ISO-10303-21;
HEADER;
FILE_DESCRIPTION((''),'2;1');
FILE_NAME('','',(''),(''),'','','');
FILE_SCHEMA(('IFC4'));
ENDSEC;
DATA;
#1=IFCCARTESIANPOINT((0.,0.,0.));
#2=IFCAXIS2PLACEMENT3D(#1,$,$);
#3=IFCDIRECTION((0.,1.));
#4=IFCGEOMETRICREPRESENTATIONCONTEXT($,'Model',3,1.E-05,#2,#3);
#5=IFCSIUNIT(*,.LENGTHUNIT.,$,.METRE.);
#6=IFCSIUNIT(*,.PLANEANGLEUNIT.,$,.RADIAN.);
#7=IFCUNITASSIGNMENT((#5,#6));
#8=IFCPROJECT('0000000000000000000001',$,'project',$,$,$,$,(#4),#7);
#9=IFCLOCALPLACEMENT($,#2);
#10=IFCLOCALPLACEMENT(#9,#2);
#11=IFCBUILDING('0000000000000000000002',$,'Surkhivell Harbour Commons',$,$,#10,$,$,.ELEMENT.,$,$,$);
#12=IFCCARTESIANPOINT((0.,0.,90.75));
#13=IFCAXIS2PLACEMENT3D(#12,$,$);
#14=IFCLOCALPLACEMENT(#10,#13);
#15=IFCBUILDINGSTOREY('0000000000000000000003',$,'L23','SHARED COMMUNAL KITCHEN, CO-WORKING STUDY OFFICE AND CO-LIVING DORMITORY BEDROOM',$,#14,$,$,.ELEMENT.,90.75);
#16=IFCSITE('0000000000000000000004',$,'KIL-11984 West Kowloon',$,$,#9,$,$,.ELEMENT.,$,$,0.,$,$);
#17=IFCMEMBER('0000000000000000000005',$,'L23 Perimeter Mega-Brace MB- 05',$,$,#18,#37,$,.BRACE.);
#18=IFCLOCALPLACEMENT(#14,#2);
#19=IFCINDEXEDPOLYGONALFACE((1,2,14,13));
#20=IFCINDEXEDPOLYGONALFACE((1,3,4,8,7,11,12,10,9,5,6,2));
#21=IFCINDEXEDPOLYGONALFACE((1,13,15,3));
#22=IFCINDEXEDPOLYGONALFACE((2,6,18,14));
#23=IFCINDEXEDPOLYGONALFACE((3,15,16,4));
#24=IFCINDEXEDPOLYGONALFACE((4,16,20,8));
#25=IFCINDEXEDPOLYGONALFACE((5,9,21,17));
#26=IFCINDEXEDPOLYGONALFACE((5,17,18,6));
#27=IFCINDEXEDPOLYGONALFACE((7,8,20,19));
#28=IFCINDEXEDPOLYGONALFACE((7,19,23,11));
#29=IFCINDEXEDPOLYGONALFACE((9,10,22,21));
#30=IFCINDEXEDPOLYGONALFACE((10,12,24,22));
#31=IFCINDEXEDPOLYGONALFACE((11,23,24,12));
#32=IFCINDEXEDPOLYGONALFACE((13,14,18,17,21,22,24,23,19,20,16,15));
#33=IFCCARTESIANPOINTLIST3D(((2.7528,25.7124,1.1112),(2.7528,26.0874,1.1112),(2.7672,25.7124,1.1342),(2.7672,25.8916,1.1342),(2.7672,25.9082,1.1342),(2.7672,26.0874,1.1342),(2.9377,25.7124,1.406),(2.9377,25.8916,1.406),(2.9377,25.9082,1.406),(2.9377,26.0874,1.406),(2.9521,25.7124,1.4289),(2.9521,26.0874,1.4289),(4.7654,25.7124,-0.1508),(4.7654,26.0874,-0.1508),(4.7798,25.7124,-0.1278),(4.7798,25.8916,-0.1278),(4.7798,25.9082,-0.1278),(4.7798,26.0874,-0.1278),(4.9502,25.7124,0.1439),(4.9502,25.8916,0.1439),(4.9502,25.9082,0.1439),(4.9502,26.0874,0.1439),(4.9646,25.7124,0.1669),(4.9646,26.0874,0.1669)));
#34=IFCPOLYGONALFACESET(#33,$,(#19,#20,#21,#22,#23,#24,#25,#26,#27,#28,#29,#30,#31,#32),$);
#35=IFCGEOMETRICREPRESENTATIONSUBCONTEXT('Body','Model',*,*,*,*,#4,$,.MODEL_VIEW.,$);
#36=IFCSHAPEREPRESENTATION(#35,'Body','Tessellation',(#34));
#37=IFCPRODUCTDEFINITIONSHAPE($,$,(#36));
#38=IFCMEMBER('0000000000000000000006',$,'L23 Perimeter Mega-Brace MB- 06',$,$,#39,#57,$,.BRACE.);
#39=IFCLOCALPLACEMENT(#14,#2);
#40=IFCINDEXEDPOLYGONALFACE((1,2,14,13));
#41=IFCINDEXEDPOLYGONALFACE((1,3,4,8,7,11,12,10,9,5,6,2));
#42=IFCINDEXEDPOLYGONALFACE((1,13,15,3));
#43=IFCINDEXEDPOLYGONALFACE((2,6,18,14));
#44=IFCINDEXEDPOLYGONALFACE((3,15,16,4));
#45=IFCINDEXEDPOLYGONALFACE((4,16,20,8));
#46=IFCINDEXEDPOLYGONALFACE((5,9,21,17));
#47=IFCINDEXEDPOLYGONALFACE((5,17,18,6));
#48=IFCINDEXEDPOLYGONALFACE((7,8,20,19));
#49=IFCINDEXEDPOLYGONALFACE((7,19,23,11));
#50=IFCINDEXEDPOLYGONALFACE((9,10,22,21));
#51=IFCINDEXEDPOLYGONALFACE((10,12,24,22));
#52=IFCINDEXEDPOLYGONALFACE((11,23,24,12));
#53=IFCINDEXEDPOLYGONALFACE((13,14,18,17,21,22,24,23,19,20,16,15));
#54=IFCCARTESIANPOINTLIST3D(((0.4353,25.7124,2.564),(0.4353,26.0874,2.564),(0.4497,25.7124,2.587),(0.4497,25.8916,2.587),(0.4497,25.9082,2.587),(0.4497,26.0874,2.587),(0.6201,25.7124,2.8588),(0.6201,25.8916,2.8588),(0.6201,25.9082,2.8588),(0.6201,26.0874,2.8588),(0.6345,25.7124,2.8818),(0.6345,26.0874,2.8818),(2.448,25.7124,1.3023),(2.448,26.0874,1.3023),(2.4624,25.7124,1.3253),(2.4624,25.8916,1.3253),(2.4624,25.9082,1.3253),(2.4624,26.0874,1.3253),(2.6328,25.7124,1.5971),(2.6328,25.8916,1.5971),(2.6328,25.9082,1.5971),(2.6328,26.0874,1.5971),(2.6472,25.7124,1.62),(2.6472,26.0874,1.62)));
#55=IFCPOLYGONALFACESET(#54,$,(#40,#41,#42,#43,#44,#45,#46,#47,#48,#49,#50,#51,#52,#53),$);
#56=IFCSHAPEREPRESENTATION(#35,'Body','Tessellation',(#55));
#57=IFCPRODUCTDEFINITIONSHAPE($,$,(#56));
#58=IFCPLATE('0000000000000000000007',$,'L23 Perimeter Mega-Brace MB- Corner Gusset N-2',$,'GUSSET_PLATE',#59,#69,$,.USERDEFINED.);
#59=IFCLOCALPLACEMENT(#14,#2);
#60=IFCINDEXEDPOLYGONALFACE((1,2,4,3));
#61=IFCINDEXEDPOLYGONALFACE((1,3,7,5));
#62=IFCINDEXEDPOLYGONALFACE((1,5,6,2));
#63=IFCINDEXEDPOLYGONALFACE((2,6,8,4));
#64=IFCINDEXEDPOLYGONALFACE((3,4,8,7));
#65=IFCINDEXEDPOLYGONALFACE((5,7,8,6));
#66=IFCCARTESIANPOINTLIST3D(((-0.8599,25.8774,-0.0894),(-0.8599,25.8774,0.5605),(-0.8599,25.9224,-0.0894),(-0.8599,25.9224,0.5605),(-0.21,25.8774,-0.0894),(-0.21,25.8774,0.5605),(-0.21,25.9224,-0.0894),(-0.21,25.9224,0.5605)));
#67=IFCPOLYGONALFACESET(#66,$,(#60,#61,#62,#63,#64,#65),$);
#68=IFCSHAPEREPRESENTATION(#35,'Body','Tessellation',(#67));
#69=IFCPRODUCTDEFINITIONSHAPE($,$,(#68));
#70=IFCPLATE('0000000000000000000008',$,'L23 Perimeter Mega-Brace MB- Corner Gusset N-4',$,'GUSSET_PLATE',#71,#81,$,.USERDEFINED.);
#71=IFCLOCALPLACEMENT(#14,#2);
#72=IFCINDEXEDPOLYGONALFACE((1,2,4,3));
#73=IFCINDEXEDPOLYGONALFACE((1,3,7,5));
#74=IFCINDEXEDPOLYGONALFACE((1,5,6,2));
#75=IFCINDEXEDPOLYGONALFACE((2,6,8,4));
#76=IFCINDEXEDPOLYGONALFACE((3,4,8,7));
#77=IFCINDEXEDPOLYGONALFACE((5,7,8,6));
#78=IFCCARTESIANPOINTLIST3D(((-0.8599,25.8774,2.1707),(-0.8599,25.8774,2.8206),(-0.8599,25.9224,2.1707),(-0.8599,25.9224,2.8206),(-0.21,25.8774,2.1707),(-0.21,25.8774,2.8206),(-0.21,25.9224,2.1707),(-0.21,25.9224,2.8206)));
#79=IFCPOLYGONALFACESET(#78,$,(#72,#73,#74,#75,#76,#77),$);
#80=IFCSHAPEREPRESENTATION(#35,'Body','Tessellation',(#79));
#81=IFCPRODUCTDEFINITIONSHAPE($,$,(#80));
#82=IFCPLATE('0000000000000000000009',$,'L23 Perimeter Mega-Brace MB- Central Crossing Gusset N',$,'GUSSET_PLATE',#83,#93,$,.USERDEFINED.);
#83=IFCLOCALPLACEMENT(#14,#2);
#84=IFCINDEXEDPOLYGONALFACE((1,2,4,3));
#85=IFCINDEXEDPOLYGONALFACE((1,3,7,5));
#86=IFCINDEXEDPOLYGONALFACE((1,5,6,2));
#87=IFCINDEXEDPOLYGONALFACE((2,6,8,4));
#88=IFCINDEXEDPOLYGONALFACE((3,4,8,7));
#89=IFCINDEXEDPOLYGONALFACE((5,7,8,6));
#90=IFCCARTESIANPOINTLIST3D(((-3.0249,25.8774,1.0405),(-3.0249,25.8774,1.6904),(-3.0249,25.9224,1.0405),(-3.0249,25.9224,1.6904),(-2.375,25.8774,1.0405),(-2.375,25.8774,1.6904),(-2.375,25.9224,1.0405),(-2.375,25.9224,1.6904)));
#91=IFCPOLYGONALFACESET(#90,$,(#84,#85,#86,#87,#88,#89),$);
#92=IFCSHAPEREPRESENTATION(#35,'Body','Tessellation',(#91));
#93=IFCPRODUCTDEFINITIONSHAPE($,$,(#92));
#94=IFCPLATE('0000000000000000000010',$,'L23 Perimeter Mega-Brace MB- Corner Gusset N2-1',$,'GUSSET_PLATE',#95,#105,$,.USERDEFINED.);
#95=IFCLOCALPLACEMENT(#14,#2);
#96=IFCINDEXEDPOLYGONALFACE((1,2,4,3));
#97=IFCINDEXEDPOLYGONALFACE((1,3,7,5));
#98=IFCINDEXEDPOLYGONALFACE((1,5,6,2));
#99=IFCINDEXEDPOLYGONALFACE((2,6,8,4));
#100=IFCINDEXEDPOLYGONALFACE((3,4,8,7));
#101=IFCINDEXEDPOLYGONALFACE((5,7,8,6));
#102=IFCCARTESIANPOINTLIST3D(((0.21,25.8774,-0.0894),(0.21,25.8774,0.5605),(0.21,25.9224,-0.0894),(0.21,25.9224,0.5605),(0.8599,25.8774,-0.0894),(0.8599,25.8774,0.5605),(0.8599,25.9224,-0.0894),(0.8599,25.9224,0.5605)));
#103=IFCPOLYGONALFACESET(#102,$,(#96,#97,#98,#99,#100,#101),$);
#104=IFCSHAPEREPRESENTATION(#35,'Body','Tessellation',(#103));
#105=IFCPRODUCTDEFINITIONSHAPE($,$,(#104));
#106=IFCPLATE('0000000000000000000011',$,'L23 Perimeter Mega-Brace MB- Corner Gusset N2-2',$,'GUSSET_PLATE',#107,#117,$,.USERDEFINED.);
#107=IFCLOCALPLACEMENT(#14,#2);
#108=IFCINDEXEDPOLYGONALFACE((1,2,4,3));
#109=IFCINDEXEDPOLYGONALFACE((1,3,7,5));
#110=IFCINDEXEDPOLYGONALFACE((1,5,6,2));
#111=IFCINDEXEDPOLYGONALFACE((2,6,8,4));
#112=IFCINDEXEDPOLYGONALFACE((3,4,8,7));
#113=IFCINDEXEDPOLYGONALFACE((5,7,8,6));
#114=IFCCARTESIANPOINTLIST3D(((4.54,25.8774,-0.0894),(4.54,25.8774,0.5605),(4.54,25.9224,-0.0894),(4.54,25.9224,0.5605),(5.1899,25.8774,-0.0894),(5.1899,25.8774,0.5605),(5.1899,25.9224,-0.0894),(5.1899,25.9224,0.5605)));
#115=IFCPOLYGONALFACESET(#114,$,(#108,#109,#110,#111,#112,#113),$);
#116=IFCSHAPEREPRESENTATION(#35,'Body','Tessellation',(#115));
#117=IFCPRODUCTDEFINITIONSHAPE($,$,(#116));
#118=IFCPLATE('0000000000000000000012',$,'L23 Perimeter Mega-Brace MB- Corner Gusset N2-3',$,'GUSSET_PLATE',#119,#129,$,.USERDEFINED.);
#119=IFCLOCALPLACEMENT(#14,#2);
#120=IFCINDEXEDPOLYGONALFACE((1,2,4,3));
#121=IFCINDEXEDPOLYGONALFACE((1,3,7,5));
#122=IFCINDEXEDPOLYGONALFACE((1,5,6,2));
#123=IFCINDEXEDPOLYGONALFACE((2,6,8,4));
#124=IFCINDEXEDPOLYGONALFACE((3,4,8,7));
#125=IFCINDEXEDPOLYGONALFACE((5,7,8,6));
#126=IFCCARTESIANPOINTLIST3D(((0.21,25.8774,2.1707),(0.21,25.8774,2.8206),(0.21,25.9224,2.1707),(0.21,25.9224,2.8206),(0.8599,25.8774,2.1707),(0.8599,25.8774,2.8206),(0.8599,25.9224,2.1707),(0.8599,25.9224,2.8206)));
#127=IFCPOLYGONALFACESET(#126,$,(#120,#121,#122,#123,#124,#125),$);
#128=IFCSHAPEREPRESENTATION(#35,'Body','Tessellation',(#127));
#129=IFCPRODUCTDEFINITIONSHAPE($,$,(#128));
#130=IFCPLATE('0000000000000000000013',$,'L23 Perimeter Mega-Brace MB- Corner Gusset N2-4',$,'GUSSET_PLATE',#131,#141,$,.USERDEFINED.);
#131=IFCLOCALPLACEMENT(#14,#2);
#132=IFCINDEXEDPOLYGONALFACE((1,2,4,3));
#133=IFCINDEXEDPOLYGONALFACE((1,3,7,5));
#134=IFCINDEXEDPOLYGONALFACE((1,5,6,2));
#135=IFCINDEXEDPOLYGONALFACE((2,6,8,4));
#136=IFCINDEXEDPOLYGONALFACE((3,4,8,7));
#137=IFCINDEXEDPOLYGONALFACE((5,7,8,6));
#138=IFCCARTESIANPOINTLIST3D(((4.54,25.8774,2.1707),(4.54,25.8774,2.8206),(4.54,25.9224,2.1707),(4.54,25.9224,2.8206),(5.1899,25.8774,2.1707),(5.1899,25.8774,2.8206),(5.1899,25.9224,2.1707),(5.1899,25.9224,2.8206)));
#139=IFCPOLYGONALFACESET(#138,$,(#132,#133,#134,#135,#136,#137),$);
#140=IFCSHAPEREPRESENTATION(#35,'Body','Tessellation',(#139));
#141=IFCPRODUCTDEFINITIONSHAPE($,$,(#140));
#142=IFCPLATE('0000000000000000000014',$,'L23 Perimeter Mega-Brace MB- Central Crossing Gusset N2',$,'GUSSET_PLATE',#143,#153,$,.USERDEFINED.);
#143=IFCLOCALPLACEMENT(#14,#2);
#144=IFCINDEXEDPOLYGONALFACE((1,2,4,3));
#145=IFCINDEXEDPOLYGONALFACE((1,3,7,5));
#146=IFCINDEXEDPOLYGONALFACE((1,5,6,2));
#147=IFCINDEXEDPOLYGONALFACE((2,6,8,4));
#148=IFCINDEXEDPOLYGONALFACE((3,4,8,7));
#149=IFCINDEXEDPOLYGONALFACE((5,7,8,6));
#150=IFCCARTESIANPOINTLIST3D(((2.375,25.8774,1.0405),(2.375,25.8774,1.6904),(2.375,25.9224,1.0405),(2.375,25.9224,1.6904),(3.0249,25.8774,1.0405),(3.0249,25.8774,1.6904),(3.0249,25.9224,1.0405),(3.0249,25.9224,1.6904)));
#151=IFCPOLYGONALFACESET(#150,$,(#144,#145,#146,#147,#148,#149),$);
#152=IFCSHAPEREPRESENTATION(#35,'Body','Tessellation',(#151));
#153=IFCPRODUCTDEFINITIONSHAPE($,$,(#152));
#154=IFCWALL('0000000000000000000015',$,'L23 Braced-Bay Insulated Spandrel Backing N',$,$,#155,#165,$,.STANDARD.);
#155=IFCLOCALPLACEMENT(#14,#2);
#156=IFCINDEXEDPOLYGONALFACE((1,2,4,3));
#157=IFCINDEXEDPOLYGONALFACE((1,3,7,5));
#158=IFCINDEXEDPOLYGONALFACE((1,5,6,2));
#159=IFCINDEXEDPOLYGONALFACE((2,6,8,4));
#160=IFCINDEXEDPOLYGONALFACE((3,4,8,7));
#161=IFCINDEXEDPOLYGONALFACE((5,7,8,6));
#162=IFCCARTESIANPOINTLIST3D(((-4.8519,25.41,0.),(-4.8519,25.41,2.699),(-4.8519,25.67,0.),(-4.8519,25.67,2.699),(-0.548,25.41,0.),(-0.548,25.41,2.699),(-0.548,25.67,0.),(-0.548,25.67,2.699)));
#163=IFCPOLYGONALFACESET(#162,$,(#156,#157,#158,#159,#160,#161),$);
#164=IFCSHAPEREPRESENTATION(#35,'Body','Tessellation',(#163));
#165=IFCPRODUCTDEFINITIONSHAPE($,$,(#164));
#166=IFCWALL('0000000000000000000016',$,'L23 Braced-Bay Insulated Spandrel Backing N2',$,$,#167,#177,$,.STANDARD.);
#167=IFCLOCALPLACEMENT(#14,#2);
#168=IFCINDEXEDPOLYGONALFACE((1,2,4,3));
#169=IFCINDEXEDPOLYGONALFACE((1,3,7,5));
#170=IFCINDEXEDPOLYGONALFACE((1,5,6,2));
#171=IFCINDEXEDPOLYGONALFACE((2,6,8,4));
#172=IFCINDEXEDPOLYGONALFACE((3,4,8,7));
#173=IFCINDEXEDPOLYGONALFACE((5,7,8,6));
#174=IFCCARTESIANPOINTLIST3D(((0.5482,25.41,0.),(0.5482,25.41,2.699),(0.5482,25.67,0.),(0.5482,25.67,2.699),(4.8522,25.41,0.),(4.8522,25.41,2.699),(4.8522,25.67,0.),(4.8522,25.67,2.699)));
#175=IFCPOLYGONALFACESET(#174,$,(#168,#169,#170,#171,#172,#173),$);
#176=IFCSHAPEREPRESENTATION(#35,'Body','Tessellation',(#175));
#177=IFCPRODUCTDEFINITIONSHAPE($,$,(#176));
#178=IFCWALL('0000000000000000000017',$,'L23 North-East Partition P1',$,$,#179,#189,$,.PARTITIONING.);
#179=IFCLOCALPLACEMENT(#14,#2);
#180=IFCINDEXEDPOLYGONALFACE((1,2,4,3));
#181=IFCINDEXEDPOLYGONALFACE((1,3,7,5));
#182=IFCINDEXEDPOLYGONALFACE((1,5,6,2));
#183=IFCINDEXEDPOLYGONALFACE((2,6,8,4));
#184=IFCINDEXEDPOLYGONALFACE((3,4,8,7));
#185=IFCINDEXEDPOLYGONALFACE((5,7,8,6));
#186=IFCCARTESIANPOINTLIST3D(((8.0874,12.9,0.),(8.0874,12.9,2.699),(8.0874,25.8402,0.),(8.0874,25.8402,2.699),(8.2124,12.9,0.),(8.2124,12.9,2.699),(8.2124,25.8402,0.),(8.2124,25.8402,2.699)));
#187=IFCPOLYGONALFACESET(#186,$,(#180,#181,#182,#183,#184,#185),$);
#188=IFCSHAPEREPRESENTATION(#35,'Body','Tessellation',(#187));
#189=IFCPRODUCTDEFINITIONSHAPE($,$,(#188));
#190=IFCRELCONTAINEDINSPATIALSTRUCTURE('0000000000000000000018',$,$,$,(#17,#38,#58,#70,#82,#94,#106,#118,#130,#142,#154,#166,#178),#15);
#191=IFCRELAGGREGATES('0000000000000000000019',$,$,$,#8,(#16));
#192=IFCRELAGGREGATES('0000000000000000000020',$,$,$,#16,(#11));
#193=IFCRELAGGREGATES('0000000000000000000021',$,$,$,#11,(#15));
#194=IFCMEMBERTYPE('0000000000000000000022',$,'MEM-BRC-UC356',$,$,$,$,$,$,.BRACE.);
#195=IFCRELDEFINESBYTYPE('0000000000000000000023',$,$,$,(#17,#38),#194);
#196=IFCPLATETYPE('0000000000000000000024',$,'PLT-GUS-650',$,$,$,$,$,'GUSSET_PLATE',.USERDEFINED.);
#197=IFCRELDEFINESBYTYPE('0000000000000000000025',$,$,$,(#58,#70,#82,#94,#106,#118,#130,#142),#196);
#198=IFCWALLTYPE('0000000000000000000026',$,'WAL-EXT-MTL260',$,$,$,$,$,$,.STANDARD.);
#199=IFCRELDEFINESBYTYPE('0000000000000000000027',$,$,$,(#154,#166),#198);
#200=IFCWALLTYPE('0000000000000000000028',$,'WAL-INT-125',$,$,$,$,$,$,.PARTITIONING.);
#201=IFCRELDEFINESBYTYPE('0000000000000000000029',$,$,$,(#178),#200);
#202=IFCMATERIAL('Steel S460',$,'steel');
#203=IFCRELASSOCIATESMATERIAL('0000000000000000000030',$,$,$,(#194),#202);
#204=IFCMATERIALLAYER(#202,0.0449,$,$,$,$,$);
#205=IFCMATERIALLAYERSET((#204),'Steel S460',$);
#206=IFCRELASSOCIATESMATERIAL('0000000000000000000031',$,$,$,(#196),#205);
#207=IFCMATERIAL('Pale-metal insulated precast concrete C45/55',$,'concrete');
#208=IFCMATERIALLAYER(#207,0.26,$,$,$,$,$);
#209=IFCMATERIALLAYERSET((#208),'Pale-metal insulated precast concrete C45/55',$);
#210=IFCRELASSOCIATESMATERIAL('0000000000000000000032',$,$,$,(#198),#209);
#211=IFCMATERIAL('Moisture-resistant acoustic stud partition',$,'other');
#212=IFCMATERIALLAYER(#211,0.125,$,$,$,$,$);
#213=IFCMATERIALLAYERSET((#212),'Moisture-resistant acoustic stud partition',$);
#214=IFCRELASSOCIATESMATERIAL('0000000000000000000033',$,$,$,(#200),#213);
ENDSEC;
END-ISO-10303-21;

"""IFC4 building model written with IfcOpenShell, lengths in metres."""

from ifc_helpers import new_model, si_unit, direction, frame, frame_2d, origin, origin_2d, place, context, subcontext, project, spatial, rectangle, i_section, extrude, material, layer, layer_set, material_profile, profile_set, type_object, element, save


model = new_model("IFC4")

# Units and contexts
model_context = context("Model", 3, precision=1e-05, world=origin(), true_north=direction((0.0, 1.0)))
body_context = subcontext(model_context, "Body", "Model", "MODEL_VIEW")
ifc_project = project(units=[si_unit("LENGTHUNIT", "METRE"), si_unit("PLANEANGLEUNIT", "RADIAN")], contexts=[model_context])

# Site, building, storey
site_placement = place(None, origin())
site = spatial("IfcSite", under=ifc_project, at=site_placement, Name="KIL-11984 West Kowloon", CompositionType="ELEMENT", RefElevation=0.0)
building_placement = place(site_placement, origin())
building = spatial("IfcBuilding", under=site, at=building_placement, Name="Surkhivell Harbour Commons", CompositionType="ELEMENT")
storey_placement = place(building_placement, frame((0.0, 0.0, 90.75)))
storey = spatial("IfcBuildingStorey", under=building, at=storey_placement, Name="L23", Description="SHARED COMMUNAL KITCHEN, CO-WORKING STUDY OFFICE AND CO-LIVING DORMITORY BEDROOM", CompositionType="ELEMENT", Elevation=90.75)

# Shared definitions
ifc_material_1 = material(Name="Steel S460", Category="steel")

# Members
ifc_material_profile_1 = material_profile(ifc_material_1, i_section(OverallWidth=0.375, OverallDepth=0.375, WebThickness=0.0166, FlangeThickness=0.0271, at=origin_2d()), Name="UC356x368x202")
ifc_profile_set_1 = profile_set([ifc_material_profile_1], Name="Steel S460")
member_type_1 = type_object("IfcMemberType", Name="MEM-BRC-UC356", PredefinedType="BRACE", material=ifc_profile_set_1)
for number, where, z_axis, x_axis, name in (
    (1, (4.865, 25.8999, 0.0081), (-0.847206, 0.0, 0.531264), (0.0, -1.0, 0.0), "L23 Perimeter Mega-Brace MB- 05"),
    (2, (2.5476, 25.8999, 1.4612), (-0.847282, 0.0, 0.531144), (0.0, -1.0, 0.0), "L23 Perimeter Mega-Brace MB- 06"),
):
    element("IfcMember", number, at=place(storey_placement, frame(where, z_axis=z_axis, x_axis=x_axis)), inside=storey, type_object=member_type_1, Name=name, PredefinedType="BRACE", context=body_context, shape_type="SweptSolid", body=[
        extrude(i_section(OverallWidth=0.375, OverallDepth=0.375, WebThickness=0.0166, FlangeThickness=0.0271, at=origin_2d()), origin(), (0.0, 0.0, 1.0), 2.3755),
    ])

# Plates
ifc_layer_1 = layer(ifc_material_1, 0.0449)
ifc_layer_set_1 = layer_set([ifc_layer_1], Name="Steel S460")
plate_type = type_object("IfcPlateType", Name="PLT-GUS-650", ElementType="GUSSET_PLATE", PredefinedType="USERDEFINED", material=ifc_layer_set_1)
for number, where, z_axis, x_axis, name in (
    (3, (-0.5349, 25.8999, -0.0894), (0.0, 0.0, 1.0), (1.0, 0.0, 0.0), "L23 Perimeter Mega-Brace MB- Corner Gusset N-2"),
    (4, (-0.5349, 25.8999, 2.1707), (0.0, 0.0, 1.0), (1.0, 0.0, 0.0), "L23 Perimeter Mega-Brace MB- Corner Gusset N-4"),
    (5, (-2.7, 25.8999, 1.0405), (0.0, 0.0, 1.0), (1.0, 0.0, 0.0), "L23 Perimeter Mega-Brace MB- Central Crossing Gusset N"),
    (6, (0.5349, 25.8999, -0.0894), (0.0, 0.0, 1.0), (1.0, 0.0, 0.0), "L23 Perimeter Mega-Brace MB- Corner Gusset N2-1"),
    (7, (4.865, 25.8999, -0.0894), (0.0, 0.0, 1.0), (1.0, 0.0, 0.0), "L23 Perimeter Mega-Brace MB- Corner Gusset N2-2"),
    (8, (0.5349, 25.8999, 2.1707), (0.0, 0.0, 1.0), (1.0, 0.0, 0.0), "L23 Perimeter Mega-Brace MB- Corner Gusset N2-3"),
    (9, (4.865, 25.8999, 2.1707), (0.0, 0.0, 1.0), (1.0, 0.0, 0.0), "L23 Perimeter Mega-Brace MB- Corner Gusset N2-4"),
    (10, (2.7, 25.8999, 1.0405), (0.0, 0.0, 1.0), (1.0, 0.0, 0.0), "L23 Perimeter Mega-Brace MB- Central Crossing Gusset N2"),
):
    element("IfcPlate", number, at=place(storey_placement, frame(where, z_axis=z_axis, x_axis=x_axis)), inside=storey, type_object=plate_type, Name=name, ObjectType="GUSSET_PLATE", PredefinedType="USERDEFINED", context=body_context, shape_type="SweptSolid", body=[
        extrude(rectangle(XDim=0.6499, YDim=0.0449, at=origin_2d()), origin(), (0.0, 0.0, 1.0), 0.6499),
    ])

# Walls
ifc_material_2 = material(Name="Pale-metal insulated precast concrete C45/55", Category="concrete")
ifc_layer_2 = layer(ifc_material_2, 0.26)
ifc_layer_set_2 = layer_set([ifc_layer_2], Name="Pale-metal insulated precast concrete C45/55")
wall_type_1 = type_object("IfcWallType", Name="WAL-EXT-MTL260", PredefinedType="STANDARD", material=ifc_layer_set_2)
for number, where, z_axis, x_axis, name in (
    (11, (-0.5481, 25.54, 0.0), (0.0, 0.0, 1.0), (-1.0, 0.0, 0.0), "L23 Braced-Bay Insulated Spandrel Backing N"),
    (12, (4.8521, 25.54, 0.0), (0.0, 0.0, 1.0), (-1.0, 0.0, 0.0), "L23 Braced-Bay Insulated Spandrel Backing N2"),
):
    element("IfcWall", number, at=place(storey_placement, frame(where, z_axis=z_axis, x_axis=x_axis)), inside=storey, type_object=wall_type_1, Name=name, PredefinedType="STANDARD", context=body_context, shape_type="SweptSolid", body=[
        extrude(rectangle(XDim=4.304, YDim=0.26, at=frame_2d((2.1519, 0.0))), origin(), (0.0, 0.0, 1.0), 2.699),
    ])
ifc_material_3 = material(Name="Moisture-resistant acoustic stud partition", Category="other")
ifc_layer_3 = layer(ifc_material_3, 0.125)
ifc_layer_set_3 = layer_set([ifc_layer_3], Name="Moisture-resistant acoustic stud partition")
wall_type_2 = type_object("IfcWallType", Name="WAL-INT-125", PredefinedType="PARTITIONING", material=ifc_layer_set_3)
wall_1_placement = place(storey_placement, frame((8.1499, 12.8999, 0.0), z_axis=(0.0, 0.0, 1.0), x_axis=(0.0, 1.0, 0.0)))
element("IfcWall", 13, at=wall_1_placement, inside=storey, type_object=wall_type_2, Name="L23 North-East Partition P1", PredefinedType="PARTITIONING", context=body_context, shape_type="SweptSolid", body=[
    extrude(rectangle(XDim=12.9402, YDim=0.125, at=frame_2d((6.4702, 0.0))), origin(), (0.0, 0.0, 1.0), 2.699),
])

save(model, "model.ifc")
